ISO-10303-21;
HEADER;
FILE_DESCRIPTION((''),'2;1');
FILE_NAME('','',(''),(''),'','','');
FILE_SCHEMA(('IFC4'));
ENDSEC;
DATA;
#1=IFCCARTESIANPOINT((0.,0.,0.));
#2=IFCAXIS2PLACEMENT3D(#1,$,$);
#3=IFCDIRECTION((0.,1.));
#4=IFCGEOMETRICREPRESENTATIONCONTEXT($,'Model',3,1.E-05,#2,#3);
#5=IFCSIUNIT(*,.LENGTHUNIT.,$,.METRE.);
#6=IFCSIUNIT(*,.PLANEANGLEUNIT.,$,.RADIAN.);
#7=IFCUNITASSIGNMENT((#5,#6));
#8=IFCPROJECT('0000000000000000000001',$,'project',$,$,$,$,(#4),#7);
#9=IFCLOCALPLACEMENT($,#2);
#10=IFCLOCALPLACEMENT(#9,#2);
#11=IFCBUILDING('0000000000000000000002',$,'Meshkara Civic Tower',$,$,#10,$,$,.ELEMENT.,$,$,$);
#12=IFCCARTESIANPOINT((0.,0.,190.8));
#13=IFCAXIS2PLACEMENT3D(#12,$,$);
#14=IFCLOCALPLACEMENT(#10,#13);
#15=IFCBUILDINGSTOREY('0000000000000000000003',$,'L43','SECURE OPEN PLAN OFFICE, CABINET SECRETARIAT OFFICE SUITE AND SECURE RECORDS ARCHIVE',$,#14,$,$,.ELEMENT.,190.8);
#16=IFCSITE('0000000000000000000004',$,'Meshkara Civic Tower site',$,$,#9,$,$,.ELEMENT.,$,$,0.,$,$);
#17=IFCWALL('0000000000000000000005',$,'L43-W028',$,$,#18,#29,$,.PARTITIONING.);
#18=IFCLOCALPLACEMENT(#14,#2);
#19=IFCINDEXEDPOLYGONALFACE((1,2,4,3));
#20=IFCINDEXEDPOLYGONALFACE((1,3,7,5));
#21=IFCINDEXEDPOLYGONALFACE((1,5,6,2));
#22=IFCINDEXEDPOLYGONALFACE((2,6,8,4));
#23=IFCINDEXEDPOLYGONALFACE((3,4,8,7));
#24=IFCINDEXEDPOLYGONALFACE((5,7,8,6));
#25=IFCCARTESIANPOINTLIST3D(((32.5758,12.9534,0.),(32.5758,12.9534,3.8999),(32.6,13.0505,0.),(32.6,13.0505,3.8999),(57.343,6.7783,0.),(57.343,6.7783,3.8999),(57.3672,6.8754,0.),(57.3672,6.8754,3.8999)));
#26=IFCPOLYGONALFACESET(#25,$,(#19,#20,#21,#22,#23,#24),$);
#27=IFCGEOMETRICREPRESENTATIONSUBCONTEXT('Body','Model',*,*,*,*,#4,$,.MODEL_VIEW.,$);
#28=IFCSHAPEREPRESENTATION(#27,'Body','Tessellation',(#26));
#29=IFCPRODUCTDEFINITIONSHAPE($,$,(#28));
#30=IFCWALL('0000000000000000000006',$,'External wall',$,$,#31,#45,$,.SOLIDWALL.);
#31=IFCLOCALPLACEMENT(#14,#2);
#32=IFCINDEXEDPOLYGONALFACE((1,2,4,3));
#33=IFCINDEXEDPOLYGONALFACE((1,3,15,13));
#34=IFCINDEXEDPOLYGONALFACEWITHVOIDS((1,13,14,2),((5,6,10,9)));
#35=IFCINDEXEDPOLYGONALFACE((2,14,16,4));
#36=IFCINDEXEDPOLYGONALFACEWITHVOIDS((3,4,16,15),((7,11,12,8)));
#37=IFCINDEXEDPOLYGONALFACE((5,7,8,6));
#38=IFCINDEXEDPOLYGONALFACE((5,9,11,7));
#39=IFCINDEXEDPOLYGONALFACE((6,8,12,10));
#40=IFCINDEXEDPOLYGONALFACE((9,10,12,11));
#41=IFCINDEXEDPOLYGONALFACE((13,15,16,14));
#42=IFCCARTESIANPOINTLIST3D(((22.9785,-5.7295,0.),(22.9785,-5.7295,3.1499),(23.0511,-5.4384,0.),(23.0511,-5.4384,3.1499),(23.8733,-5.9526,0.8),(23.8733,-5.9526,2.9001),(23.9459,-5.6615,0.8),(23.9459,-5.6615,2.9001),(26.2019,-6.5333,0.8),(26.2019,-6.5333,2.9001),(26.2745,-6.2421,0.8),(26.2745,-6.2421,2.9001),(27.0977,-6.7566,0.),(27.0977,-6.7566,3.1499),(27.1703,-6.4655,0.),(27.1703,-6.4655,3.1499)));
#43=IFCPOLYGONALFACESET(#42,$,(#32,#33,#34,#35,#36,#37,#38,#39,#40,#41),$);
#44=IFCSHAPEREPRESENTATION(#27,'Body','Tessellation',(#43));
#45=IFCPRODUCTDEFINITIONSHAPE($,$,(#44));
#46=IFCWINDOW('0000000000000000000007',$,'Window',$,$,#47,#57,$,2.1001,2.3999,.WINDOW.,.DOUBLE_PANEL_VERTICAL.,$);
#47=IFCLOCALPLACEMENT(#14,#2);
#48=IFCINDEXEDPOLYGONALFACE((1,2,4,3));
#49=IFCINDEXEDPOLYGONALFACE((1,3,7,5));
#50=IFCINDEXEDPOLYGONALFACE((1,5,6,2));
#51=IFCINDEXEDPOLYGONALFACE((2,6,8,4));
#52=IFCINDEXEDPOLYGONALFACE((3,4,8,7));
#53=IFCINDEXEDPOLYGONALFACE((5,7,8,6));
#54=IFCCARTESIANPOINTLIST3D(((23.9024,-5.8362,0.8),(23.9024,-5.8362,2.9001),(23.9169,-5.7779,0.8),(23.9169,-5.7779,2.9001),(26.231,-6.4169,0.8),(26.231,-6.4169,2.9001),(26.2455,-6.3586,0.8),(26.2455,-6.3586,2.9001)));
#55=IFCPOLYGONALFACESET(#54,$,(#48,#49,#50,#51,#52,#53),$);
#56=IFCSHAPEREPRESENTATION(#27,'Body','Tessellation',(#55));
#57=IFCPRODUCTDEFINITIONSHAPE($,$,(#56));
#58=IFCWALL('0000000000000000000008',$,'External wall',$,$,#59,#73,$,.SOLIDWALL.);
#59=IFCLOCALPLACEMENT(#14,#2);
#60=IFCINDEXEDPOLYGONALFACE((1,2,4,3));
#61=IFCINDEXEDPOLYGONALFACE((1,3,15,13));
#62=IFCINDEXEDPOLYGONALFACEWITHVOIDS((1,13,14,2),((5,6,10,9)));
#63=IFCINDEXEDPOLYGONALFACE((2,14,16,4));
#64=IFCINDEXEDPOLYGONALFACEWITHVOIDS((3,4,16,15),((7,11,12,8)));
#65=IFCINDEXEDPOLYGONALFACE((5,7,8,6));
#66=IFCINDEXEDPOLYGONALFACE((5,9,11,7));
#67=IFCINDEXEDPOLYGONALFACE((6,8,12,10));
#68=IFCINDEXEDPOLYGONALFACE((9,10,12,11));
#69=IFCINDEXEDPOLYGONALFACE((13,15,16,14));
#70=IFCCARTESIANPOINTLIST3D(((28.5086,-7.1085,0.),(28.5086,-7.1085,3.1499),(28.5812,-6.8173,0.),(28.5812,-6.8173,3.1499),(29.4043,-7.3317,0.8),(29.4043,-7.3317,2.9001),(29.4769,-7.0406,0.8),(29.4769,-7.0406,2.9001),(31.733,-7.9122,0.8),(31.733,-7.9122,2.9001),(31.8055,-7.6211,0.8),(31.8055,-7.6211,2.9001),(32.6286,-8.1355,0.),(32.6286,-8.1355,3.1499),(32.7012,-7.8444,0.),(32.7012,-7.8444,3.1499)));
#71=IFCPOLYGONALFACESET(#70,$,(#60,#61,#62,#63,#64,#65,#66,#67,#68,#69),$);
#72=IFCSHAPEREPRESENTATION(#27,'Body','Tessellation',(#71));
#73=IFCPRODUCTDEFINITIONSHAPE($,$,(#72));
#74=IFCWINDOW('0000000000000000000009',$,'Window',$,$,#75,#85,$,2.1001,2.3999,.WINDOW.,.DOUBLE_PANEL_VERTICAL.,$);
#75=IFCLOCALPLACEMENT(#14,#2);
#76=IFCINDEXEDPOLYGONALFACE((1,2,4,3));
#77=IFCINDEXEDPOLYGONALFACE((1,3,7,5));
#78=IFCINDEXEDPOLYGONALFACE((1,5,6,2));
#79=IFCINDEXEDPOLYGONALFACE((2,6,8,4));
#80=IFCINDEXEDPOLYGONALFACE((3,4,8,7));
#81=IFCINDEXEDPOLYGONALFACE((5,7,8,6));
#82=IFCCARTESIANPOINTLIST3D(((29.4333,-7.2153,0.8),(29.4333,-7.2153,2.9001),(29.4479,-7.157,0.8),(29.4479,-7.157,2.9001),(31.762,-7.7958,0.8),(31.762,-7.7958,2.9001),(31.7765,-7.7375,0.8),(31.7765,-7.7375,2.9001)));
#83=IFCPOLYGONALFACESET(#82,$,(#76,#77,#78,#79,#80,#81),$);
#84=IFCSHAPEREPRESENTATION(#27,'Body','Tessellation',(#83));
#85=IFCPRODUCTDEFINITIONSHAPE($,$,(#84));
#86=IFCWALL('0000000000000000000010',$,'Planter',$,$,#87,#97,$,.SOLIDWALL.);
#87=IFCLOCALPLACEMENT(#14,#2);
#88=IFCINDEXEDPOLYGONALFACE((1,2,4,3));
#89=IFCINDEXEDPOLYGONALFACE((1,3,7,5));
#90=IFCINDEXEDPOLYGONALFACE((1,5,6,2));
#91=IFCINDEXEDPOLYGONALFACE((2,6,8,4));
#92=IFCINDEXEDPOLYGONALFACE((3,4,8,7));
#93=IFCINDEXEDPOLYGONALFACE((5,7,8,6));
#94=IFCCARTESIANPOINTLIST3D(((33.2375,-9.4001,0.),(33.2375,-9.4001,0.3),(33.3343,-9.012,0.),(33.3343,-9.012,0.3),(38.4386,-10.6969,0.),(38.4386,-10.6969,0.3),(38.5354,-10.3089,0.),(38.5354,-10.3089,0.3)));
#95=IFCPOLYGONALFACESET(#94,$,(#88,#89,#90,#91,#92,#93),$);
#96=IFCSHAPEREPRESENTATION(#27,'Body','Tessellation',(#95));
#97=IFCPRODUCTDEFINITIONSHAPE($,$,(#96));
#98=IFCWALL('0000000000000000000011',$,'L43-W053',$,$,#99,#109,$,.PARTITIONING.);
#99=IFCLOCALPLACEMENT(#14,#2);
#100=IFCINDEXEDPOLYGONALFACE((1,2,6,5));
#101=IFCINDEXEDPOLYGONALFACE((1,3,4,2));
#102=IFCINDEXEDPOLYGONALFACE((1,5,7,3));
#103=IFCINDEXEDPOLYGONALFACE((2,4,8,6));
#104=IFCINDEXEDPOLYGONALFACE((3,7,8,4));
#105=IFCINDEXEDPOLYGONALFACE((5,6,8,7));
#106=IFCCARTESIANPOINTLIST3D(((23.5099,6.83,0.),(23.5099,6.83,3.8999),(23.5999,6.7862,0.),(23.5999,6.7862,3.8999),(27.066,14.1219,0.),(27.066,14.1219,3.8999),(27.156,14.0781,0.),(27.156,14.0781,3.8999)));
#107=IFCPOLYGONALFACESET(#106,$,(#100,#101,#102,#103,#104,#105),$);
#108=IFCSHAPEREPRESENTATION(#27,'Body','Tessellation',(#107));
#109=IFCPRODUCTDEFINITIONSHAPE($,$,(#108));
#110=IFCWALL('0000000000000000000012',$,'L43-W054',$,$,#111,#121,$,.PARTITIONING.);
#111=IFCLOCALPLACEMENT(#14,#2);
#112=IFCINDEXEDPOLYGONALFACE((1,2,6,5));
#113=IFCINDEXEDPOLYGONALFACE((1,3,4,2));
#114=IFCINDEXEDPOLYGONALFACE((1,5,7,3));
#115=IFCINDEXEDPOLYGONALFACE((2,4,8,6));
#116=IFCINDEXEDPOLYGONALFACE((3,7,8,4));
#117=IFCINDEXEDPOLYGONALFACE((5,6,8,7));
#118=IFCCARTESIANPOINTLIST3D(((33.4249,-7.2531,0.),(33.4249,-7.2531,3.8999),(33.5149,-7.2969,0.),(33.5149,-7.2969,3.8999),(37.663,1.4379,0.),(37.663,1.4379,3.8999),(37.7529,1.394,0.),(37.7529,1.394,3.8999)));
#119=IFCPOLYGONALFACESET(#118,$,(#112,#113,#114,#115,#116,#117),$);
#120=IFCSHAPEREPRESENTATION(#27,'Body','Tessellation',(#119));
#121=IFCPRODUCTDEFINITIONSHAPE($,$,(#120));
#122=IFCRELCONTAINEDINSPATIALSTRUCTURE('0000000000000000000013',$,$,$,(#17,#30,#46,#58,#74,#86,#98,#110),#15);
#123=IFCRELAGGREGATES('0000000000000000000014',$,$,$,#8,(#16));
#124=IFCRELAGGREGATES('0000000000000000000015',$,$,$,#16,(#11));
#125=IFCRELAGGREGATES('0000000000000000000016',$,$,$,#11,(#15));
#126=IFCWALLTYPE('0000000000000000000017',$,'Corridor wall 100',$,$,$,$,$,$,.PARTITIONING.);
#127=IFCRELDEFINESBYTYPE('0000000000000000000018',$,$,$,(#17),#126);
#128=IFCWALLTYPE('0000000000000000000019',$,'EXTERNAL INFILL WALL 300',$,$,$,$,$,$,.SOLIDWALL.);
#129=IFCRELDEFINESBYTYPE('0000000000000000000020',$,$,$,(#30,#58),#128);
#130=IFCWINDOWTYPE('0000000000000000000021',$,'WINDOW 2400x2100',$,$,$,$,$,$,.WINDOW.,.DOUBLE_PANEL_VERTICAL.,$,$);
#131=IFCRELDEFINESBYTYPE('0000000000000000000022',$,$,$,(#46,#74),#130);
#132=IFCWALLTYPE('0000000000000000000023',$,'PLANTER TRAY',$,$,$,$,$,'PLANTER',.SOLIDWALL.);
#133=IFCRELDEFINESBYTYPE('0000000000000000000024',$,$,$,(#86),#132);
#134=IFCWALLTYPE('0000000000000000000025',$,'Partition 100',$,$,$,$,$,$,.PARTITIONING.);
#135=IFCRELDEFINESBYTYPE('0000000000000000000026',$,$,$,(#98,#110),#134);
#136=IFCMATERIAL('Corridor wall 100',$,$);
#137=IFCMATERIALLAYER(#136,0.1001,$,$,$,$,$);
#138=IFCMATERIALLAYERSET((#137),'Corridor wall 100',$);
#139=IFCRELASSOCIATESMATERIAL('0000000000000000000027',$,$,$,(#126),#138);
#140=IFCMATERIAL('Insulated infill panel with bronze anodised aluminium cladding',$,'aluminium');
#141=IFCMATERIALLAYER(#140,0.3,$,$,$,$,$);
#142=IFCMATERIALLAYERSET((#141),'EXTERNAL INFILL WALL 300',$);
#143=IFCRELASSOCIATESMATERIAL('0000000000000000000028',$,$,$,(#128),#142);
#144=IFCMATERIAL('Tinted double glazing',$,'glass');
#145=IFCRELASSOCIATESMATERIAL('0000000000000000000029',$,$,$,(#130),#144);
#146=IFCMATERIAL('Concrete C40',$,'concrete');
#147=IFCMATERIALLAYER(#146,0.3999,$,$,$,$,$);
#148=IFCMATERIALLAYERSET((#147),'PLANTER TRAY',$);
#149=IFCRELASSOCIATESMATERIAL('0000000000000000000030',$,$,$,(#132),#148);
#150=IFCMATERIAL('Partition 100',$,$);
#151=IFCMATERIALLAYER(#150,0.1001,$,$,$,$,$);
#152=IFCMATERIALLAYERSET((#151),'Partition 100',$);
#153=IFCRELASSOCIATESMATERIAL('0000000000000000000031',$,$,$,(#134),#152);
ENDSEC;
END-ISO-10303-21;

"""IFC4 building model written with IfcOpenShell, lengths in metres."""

from ifc_helpers import new_model, si_unit, direction, frame, frame_2d, origin, place, context, subcontext, project, spatial, rectangle, extrude, material, layer, layer_set, type_object, element, fill, save


model = new_model("IFC4")

# Units and contexts
model_context = context("Model", 3, precision=1e-05, world=origin(), true_north=direction((0.0, 1.0)))
body_context = subcontext(model_context, "Body", "Model", "MODEL_VIEW")
ifc_project = project(units=[si_unit("LENGTHUNIT", "METRE"), si_unit("PLANEANGLEUNIT", "RADIAN")], contexts=[model_context])

# Site, building, storey
site_placement = place(None, origin())
site = spatial("IfcSite", under=ifc_project, at=site_placement, Name="Meshkara Civic Tower site", CompositionType="ELEMENT", RefElevation=0.0)
building_placement = place(site_placement, origin())
building = spatial("IfcBuilding", under=site, at=building_placement, Name="Meshkara Civic Tower", CompositionType="ELEMENT")
storey_placement = place(building_placement, frame((0.0, 0.0, 190.8)))
storey = spatial("IfcBuildingStorey", under=building, at=storey_placement, Name="L43", Description="SECURE OPEN PLAN OFFICE, CABINET SECRETARIAT OFFICE SUITE AND SECURE RECORDS ARCHIVE", CompositionType="ELEMENT", Elevation=190.8)

# Shared definitions
ifc_material_1 = material(Name="Corridor wall 100")
ifc_layer_1 = layer(ifc_material_1, 0.1001)
ifc_layer_set_1 = layer_set([ifc_layer_1], Name="Corridor wall 100")
wall_type_1 = type_object("IfcWallType", Name="Corridor wall 100", PredefinedType="PARTITIONING", material=ifc_layer_set_1)

# Wall
wall_1_placement = place(storey_placement, frame((32.5879, 13.002, 0.0), z_axis=(0.0, 0.0, 1.0), x_axis=(0.970296, -0.241919, 0.0)))
element("IfcWall", 1, at=wall_1_placement, inside=storey, type_object=wall_type_1, Name="L43-W028", PredefinedType="PARTITIONING", context=body_context, shape_type="SweptSolid", body=[
    extrude(rectangle(XDim=25.5254, YDim=0.1001, at=frame_2d((12.7627, 0.0))), origin(), (0.0, 0.0, 1.0), 3.8999),
])

# Walls, openings, windows
ifc_material_2 = material(Name="Insulated infill panel with bronze anodised aluminium cladding", Category="aluminium")
ifc_layer_2 = layer(ifc_material_2, 0.3)
ifc_layer_set_2 = layer_set([ifc_layer_2], Name="EXTERNAL INFILL WALL 300")
wall_type_2 = type_object("IfcWallType", Name="EXTERNAL INFILL WALL 300", PredefinedType="SOLIDWALL", material=ifc_layer_set_2)
wall_2_placement = place(storey_placement, frame((23.0149, -5.584, 0.0), z_axis=(0.0, 0.0, 1.0), x_axis=(0.970291, -0.24194, 0.0)))
wall_2 = element("IfcWall", 2, at=wall_2_placement, inside=storey, type_object=wall_type_2, Name="External wall", PredefinedType="SOLIDWALL", context=body_context, shape_type="SweptSolid", body=[
    extrude(rectangle(XDim=4.2454, YDim=0.3, at=frame_2d((2.1226, 0.0))), origin(), (0.0, 0.0, 1.0), 3.1499),
])
opening_1_placement = place(wall_2_placement, frame((0.9221, 0.0, 0.8)))
opening_1 = element("IfcOpeningElement", 3, at=opening_1_placement, cuts=wall_2, PredefinedType="OPENING", context=body_context, shape_type="SweptSolid", body=[
    extrude(rectangle(XDim=2.3999, YDim=2.1001, at=frame_2d((1.2, 1.05))), frame((0.0, 0.1599, 0.0), z_axis=(0.0, -1.0, 0.0), x_axis=(1.0, 0.0, 0.0)), (0.0, 0.0, 1.0), 0.3201),
])
ifc_material_3 = material(Name="Tinted double glazing", Category="glass")
window_type = type_object("IfcWindowType", Name="WINDOW 2400x2100", PartitioningType="DOUBLE_PANEL_VERTICAL", PredefinedType="WINDOW", material=ifc_material_3)
window_1_placement = place(opening_1_placement, origin())
window_1 = element("IfcWindow", 4, at=window_1_placement, inside=storey, type_object=window_type, Name="Window", OverallHeight=2.1001, OverallWidth=2.3999, PartitioningType="DOUBLE_PANEL_VERTICAL", PredefinedType="WINDOW", context=body_context, shape_type="SweptSolid", body=[
    extrude(rectangle(XDim=2.3999, YDim=2.1001, at=frame_2d((1.2, 1.05))), frame((0.0, 0.03, 0.0), z_axis=(0.0, -1.0, 0.0), x_axis=(1.0, 0.0, 0.0)), (0.0, 0.0, 1.0), 0.0601),
])
fill(opening_1, window_1)
wall_3_placement = place(storey_placement, frame((28.5449, -6.9629, 0.0), z_axis=(0.0, 0.0, 1.0), x_axis=(0.970305, -0.241886, 0.0)))
wall_3 = element("IfcWall", 5, at=wall_3_placement, inside=storey, type_object=wall_type_2, Name="External wall", PredefinedType="SOLIDWALL", context=body_context, shape_type="SweptSolid", body=[
    extrude(rectangle(XDim=4.2461, YDim=0.3, at=frame_2d((2.123, 0.0))), origin(), (0.0, 0.0, 1.0), 3.1499),
])
opening_2_placement = place(wall_3_placement, frame((0.9231, 0.0, 0.8)))
opening_2 = element("IfcOpeningElement", 6, at=opening_2_placement, cuts=wall_3, PredefinedType="OPENING", context=body_context, shape_type="SweptSolid", body=[
    extrude(rectangle(XDim=2.3999, YDim=2.1001, at=frame_2d((1.2, 1.05))), frame((0.0, 0.1599, 0.0), z_axis=(0.0, -1.0, 0.0), x_axis=(1.0, 0.0, 0.0)), (0.0, 0.0, 1.0), 0.3201),
])
window_2_placement = place(opening_2_placement, origin())
window_2 = element("IfcWindow", 7, at=window_2_placement, inside=storey, type_object=window_type, Name="Window", OverallHeight=2.1001, OverallWidth=2.3999, PartitioningType="DOUBLE_PANEL_VERTICAL", PredefinedType="WINDOW", context=body_context, shape_type="SweptSolid", body=[
    extrude(rectangle(XDim=2.3999, YDim=2.1001, at=frame_2d((1.2, 1.05))), frame((0.0, 0.03, 0.0), z_axis=(0.0, -1.0, 0.0), x_axis=(1.0, 0.0, 0.0)), (0.0, 0.0, 1.0), 0.0601),
])
fill(opening_2, window_2)

# Walls
ifc_material_4 = material(Name="Concrete C40", Category="concrete")
ifc_layer_3 = layer(ifc_material_4, 0.3999)
ifc_layer_set_3 = layer_set([ifc_layer_3], Name="PLANTER TRAY")
wall_type_3 = type_object("IfcWallType", Name="PLANTER TRAY", ElementType="PLANTER", PredefinedType="SOLIDWALL", material=ifc_layer_set_3)
wall_4_placement = place(storey_placement, frame((33.2859, -9.2061, 0.0), z_axis=(0.0, 0.0, 1.0), x_axis=(0.970292, -0.241935, 0.0)))
element("IfcWall", 8, at=wall_4_placement, inside=storey, type_object=wall_type_3, Name="Planter", PredefinedType="SOLIDWALL", context=body_context, shape_type="SweptSolid", body=[
    extrude(rectangle(XDim=5.3604, YDim=0.3999, at=frame_2d((2.6802, 0.0))), origin(), (0.0, 0.0, 1.0), 0.3),
])
ifc_material_5 = material(Name="Partition 100")
ifc_layer_4 = layer(ifc_material_5, 0.1001)
ifc_layer_set_4 = layer_set([ifc_layer_4], Name="Partition 100")
wall_type_4 = type_object("IfcWallType", Name="Partition 100", PredefinedType="PARTITIONING", material=ifc_layer_set_4)
wall_5_placement = place(storey_placement, frame((23.5549, 6.8081, 0.0), z_axis=(0.0, 0.0, 1.0), x_axis=(0.438332, 0.898813, 0.0)))
element("IfcWall", 9, at=wall_5_placement, inside=storey, type_object=wall_type_4, Name="L43-W053", PredefinedType="PARTITIONING", context=body_context, shape_type="SweptSolid", body=[
    extrude(rectangle(XDim=8.1128, YDim=0.1001, at=frame_2d((4.0564, 0.0))), origin(), (0.0, 0.0, 1.0), 3.8999),
])
wall_6_placement = place(storey_placement, frame((33.47, -7.2749, 0.0), z_axis=(0.0, 0.0, 1.0), x_axis=(0.438304, 0.898827, 0.0)))
element("IfcWall", 10, at=wall_6_placement, inside=storey, type_object=wall_type_4, Name="L43-W054", PredefinedType="PARTITIONING", context=body_context, shape_type="SweptSolid", body=[
    extrude(rectangle(XDim=9.6692, YDim=0.1001, at=frame_2d((4.8345, 0.0))), origin(), (0.0, 0.0, 1.0), 3.8999),
])

save(model, "model.ifc")
